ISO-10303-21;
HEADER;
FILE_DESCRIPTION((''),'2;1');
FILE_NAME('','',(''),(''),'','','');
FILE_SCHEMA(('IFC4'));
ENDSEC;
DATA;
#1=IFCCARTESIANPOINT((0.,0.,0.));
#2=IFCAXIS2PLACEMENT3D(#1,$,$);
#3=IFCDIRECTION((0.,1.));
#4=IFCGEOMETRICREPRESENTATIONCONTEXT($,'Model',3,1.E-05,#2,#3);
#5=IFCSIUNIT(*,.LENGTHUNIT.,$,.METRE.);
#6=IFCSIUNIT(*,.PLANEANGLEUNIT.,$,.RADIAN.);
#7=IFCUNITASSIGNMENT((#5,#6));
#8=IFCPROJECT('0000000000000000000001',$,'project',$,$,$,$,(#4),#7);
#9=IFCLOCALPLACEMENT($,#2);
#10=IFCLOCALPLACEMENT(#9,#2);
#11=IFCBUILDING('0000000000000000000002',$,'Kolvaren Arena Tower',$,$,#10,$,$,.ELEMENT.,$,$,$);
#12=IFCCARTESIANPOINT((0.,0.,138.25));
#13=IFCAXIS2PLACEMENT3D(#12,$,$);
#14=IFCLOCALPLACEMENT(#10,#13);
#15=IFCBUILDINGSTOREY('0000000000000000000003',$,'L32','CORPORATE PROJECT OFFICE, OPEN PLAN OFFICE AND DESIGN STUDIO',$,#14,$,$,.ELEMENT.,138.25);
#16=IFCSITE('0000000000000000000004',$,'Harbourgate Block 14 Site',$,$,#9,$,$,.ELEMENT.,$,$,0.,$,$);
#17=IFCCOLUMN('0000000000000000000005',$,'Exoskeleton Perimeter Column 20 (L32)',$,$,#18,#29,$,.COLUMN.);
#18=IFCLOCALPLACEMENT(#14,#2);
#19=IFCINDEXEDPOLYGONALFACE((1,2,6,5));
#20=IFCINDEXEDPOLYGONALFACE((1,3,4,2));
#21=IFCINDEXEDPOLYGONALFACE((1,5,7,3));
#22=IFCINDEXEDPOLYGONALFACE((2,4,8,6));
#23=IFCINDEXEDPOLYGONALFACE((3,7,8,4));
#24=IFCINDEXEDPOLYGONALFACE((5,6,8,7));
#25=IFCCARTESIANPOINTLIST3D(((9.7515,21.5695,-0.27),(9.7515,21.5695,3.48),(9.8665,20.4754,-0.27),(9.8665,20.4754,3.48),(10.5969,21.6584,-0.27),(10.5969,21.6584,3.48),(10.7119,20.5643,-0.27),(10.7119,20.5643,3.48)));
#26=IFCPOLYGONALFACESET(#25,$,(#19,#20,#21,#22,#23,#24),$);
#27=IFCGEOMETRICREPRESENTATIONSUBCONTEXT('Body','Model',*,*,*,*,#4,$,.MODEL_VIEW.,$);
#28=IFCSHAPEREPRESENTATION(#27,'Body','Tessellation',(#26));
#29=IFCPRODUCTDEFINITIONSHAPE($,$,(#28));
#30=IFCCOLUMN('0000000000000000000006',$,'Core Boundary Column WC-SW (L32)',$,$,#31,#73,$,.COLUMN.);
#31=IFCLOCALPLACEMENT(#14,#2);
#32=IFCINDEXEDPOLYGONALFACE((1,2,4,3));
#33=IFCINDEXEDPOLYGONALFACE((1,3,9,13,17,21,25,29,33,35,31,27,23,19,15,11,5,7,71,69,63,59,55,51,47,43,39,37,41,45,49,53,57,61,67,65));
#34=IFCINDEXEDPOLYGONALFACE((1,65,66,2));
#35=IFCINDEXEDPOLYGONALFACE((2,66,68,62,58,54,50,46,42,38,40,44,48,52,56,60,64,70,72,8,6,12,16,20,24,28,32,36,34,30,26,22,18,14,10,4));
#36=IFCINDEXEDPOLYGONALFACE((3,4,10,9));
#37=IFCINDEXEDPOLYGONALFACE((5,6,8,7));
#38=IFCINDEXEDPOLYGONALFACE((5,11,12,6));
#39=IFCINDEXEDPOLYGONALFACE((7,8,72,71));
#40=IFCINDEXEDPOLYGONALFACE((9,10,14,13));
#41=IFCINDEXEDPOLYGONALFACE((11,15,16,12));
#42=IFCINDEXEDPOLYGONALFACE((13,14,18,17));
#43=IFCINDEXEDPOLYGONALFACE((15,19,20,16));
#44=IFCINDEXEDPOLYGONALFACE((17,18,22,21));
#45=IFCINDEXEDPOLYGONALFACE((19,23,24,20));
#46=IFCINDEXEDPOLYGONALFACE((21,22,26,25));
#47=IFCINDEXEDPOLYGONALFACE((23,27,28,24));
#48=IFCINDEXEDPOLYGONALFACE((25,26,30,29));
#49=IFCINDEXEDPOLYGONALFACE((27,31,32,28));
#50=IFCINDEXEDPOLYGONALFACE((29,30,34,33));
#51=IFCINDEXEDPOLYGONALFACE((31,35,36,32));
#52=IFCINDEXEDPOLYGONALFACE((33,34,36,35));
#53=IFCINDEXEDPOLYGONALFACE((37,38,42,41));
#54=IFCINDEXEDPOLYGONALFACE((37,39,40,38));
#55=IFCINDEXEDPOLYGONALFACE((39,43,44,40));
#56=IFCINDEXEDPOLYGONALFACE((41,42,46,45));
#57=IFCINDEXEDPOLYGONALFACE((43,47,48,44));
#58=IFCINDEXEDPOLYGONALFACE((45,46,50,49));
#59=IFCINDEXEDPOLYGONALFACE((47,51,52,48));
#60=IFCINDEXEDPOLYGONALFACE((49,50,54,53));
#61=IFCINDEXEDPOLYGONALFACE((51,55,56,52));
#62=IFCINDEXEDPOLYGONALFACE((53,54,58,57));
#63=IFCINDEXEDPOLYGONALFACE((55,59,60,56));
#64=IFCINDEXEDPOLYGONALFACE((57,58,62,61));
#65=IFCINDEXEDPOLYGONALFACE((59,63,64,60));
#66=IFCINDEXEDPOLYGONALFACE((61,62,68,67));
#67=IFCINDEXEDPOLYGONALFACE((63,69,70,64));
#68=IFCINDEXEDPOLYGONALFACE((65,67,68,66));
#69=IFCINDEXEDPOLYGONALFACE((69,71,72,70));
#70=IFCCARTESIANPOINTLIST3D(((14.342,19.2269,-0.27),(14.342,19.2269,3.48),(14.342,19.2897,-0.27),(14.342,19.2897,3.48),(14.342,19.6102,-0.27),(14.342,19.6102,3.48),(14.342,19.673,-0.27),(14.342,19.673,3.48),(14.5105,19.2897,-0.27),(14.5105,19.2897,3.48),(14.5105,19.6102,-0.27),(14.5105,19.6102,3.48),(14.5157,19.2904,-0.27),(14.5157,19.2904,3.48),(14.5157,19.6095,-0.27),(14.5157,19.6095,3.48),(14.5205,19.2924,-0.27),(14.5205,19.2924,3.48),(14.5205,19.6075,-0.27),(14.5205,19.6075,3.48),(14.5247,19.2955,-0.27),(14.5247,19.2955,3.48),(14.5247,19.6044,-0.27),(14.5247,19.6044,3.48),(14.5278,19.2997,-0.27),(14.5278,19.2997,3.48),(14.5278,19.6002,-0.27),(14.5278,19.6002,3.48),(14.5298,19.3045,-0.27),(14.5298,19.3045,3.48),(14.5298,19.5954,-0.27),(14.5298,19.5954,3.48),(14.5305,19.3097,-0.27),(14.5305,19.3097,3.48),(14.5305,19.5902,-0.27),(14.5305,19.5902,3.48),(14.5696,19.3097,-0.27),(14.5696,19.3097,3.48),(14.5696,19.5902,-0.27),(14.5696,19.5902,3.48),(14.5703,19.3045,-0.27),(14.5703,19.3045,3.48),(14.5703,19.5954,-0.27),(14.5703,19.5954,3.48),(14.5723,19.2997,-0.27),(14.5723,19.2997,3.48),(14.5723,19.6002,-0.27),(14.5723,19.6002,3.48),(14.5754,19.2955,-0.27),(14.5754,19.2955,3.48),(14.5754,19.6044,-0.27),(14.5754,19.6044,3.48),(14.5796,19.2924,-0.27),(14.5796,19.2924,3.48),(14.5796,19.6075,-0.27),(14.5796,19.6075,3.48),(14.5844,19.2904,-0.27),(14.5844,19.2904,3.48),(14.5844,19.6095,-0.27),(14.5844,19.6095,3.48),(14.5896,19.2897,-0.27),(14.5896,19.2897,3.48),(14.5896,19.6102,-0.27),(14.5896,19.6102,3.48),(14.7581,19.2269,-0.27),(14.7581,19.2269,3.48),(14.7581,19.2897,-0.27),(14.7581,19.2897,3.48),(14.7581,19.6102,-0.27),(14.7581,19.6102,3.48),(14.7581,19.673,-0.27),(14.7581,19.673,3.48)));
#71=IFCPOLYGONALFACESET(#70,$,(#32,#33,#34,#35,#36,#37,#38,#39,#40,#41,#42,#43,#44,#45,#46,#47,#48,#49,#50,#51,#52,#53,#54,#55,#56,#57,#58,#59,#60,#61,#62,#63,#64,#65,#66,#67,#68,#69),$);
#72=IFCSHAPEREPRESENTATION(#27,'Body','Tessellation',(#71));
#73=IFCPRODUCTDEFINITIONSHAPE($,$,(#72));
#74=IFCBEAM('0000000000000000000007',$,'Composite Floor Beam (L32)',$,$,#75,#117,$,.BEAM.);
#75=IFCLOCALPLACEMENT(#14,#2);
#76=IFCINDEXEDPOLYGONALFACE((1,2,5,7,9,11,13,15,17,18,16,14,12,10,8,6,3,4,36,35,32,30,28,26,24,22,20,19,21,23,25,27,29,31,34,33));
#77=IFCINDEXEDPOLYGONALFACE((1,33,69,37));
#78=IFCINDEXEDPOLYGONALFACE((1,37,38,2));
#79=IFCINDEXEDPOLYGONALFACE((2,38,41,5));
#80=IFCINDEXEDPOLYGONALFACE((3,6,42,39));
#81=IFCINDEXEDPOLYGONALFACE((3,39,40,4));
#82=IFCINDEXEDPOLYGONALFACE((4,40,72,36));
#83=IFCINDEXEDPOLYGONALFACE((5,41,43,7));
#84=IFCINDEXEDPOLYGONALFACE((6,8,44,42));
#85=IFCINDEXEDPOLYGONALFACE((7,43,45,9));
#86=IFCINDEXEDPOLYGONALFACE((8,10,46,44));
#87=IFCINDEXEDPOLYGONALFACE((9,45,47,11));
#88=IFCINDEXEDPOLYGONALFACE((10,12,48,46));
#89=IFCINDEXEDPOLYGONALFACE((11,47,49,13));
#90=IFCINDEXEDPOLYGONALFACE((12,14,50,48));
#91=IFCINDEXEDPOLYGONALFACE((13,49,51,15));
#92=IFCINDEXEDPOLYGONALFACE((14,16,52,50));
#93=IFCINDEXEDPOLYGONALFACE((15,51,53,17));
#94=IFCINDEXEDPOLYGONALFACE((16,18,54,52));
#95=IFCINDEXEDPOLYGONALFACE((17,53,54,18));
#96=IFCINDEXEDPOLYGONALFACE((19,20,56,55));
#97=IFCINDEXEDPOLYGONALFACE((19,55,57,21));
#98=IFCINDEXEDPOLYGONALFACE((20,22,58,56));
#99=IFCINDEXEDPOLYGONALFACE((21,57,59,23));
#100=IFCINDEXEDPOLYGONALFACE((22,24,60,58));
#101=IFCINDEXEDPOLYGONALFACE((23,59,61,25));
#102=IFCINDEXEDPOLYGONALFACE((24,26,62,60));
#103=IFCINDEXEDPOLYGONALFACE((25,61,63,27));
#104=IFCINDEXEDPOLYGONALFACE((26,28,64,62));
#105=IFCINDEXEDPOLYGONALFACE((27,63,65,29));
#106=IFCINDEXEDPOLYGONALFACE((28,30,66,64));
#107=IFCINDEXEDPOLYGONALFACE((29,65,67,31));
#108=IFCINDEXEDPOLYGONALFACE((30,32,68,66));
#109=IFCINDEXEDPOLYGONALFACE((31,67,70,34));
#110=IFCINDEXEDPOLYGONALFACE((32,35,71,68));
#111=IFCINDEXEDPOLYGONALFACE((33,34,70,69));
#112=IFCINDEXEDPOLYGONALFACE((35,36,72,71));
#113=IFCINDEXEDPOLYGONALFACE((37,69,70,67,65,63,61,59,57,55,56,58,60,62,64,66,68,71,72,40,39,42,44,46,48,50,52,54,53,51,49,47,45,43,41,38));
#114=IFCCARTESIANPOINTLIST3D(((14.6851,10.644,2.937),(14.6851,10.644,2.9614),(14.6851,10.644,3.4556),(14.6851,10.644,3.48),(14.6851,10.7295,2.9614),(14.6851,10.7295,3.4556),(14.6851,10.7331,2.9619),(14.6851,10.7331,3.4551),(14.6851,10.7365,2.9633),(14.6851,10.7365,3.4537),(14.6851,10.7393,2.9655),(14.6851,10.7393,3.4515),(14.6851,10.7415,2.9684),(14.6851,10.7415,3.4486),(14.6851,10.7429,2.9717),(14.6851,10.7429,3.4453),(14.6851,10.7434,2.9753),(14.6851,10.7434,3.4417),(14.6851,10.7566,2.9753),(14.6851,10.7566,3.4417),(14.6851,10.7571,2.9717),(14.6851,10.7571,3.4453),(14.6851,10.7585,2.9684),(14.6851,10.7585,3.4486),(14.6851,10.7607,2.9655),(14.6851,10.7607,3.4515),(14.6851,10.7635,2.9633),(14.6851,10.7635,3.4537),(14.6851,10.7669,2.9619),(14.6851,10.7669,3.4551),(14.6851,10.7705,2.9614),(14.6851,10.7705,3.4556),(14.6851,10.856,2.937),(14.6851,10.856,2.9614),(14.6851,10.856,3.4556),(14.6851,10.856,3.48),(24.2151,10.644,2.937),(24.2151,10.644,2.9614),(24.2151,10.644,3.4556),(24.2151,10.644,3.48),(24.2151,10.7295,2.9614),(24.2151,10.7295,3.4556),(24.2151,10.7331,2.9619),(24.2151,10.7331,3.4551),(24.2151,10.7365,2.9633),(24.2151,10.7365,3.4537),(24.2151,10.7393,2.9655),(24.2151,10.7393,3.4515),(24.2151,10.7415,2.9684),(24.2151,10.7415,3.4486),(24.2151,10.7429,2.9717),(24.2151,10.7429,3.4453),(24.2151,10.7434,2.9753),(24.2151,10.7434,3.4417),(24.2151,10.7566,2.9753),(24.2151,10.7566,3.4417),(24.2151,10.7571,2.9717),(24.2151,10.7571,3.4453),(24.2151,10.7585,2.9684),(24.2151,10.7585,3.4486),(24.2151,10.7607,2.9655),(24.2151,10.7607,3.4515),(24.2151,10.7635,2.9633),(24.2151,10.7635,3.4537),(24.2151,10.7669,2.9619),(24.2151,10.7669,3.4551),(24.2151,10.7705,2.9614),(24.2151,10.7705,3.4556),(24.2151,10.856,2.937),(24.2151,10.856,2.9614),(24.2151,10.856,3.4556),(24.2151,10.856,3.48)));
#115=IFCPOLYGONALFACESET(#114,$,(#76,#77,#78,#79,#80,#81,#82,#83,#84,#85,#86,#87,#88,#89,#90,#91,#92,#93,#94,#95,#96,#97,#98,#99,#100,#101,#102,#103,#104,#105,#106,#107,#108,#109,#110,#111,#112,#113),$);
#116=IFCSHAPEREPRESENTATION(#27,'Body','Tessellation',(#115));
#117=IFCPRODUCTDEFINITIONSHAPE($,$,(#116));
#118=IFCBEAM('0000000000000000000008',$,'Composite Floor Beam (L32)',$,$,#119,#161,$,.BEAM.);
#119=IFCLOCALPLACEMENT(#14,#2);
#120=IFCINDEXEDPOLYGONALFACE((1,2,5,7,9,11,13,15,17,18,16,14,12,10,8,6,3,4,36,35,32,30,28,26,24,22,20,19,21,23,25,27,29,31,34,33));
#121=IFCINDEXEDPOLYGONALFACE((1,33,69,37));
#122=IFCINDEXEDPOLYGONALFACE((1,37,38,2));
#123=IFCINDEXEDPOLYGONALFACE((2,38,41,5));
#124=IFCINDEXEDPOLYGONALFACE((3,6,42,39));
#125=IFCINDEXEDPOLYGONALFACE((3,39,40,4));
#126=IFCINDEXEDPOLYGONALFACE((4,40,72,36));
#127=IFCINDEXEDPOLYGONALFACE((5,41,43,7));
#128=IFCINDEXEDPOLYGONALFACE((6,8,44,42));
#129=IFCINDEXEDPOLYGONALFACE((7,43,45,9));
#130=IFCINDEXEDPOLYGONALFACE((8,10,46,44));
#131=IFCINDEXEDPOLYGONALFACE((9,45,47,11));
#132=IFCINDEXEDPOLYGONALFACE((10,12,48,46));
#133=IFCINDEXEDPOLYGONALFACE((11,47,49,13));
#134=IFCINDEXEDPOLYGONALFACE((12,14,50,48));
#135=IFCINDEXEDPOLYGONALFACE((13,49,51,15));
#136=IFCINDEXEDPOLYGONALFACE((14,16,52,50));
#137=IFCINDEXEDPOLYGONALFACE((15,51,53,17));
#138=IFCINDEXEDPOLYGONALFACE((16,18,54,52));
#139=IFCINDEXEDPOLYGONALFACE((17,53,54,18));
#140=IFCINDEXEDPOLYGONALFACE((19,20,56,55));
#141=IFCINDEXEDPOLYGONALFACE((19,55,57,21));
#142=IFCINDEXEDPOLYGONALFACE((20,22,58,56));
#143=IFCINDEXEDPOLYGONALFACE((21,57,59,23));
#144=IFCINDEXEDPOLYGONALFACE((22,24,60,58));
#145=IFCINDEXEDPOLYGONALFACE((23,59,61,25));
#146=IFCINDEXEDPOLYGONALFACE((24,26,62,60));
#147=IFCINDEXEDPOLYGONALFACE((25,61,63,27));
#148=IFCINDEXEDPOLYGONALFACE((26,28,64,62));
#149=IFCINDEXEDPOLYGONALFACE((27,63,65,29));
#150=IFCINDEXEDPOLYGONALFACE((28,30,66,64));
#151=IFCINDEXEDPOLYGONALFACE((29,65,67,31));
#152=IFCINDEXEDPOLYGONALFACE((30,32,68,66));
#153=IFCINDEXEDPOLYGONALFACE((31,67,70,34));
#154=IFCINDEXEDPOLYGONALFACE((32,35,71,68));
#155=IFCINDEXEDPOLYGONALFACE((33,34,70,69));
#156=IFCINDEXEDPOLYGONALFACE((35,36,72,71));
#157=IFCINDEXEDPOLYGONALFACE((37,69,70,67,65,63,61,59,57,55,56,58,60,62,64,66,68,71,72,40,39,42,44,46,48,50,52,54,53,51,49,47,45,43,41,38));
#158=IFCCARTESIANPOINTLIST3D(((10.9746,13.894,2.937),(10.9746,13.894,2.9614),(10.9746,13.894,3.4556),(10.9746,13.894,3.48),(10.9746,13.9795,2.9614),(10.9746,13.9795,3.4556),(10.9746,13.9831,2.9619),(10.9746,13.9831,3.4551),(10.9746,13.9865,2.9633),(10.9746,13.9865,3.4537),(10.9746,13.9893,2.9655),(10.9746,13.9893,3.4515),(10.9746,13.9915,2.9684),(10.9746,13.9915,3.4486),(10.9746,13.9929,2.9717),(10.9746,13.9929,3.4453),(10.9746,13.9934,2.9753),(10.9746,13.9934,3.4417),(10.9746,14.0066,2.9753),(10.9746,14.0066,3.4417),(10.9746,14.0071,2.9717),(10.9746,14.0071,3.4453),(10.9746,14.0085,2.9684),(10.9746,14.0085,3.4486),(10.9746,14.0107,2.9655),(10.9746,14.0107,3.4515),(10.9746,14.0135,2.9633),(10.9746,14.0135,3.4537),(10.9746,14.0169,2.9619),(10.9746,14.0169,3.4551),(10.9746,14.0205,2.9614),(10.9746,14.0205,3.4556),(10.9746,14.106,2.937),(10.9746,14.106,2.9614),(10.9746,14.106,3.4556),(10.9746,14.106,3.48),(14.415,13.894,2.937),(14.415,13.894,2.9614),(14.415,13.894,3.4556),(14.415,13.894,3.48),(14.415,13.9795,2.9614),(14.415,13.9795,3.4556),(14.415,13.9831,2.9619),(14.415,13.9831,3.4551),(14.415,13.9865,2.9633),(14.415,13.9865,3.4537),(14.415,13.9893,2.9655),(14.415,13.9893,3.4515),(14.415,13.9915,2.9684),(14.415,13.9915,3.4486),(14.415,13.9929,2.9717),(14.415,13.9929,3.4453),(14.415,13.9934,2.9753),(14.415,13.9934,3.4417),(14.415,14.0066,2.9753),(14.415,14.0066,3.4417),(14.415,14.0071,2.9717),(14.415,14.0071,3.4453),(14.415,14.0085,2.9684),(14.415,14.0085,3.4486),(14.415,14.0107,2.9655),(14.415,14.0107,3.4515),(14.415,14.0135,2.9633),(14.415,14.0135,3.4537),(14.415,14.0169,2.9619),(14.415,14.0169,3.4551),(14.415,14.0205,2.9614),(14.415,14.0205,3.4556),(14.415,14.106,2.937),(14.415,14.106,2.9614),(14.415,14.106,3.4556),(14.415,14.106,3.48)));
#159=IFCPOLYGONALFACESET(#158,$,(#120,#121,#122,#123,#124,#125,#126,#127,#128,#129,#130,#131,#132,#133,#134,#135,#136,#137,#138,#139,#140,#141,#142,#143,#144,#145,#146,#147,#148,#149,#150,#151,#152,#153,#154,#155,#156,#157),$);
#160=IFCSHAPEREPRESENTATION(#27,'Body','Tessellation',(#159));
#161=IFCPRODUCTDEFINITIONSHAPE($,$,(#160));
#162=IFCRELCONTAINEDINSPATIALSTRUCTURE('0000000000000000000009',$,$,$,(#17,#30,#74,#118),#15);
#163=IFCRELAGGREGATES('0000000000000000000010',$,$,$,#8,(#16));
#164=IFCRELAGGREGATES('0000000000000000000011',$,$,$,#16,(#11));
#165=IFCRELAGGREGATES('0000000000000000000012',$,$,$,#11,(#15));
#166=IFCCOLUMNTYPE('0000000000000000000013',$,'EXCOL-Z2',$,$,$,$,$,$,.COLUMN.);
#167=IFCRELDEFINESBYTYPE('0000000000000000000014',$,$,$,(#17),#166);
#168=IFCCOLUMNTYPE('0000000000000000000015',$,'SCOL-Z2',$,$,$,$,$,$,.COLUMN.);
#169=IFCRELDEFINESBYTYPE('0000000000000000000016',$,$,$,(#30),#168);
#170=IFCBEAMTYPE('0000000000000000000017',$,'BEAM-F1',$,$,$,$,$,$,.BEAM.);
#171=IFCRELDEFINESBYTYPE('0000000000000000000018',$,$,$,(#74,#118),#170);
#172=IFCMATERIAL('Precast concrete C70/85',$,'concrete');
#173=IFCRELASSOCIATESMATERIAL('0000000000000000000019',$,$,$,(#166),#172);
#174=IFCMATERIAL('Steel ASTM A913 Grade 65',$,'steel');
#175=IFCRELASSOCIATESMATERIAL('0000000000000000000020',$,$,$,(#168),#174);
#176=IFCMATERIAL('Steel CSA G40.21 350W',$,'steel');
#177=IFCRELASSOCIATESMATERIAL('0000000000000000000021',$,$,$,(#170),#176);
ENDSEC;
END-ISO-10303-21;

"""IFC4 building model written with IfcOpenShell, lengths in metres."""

from ifc_helpers import new_model, si_unit, direction, frame, origin, origin_2d, place, context, subcontext, project, spatial, rectangle, i_section, extrude, material, material_profile, profile_set, type_object, element, save


model = new_model("IFC4")

# Units and contexts
model_context = context("Model", 3, precision=1e-05, world=origin(), true_north=direction((0.0, 1.0)))
body_context = subcontext(model_context, "Body", "Model", "MODEL_VIEW")
ifc_project = project(units=[si_unit("LENGTHUNIT", "METRE"), si_unit("PLANEANGLEUNIT", "RADIAN")], contexts=[model_context])

# Site, building, storey
site_placement = place(None, origin())
site = spatial("IfcSite", under=ifc_project, at=site_placement, Name="Harbourgate Block 14 Site", CompositionType="ELEMENT", RefElevation=0.0)
building_placement = place(site_placement, origin())
building = spatial("IfcBuilding", under=site, at=building_placement, Name="Kolvaren Arena Tower", CompositionType="ELEMENT")
storey_placement = place(building_placement, frame((0.0, 0.0, 138.25)))
storey = spatial("IfcBuildingStorey", under=building, at=storey_placement, Name="L32", Description="CORPORATE PROJECT OFFICE, OPEN PLAN OFFICE AND DESIGN STUDIO", CompositionType="ELEMENT", Elevation=138.25)

# Columns
ifc_material_1 = material(Name="Precast concrete C70/85", Category="concrete")
ifc_material_profile_1 = material_profile(ifc_material_1, rectangle(XDim=1.1001, YDim=0.8501, at=origin_2d()), Name="RC-1100x850")
ifc_profile_set_1 = profile_set([ifc_material_profile_1], Name="Precast concrete C70/85")
column_type_1 = type_object("IfcColumnType", Name="EXCOL-Z2", PredefinedType="COLUMN", material=ifc_profile_set_1)
column_1_placement = place(storey_placement, frame((10.2317, 21.0669, -0.27), z_axis=(0.0, 0.0, 1.0), x_axis=(-0.104528, 0.994522, 0.0)))
element("IfcColumn", 1, at=column_1_placement, inside=storey, type_object=column_type_1, Name="Exoskeleton Perimeter Column 20 (L32)", PredefinedType="COLUMN", context=body_context, shape_type="SweptSolid", body=[
    extrude(rectangle(XDim=1.1001, YDim=0.8501, at=origin_2d()), origin(), (0.0, 0.0, 1.0), 3.75),
])
ifc_material_2 = material(Name="Steel ASTM A913 Grade 65", Category="steel")
ifc_material_profile_2 = material_profile(ifc_material_2, i_section(OverallWidth=0.416, OverallDepth=0.446, WebThickness=0.0391, FlangeThickness=0.0627, FilletRadius=0.02, at=origin_2d()), Name="W360x509")
ifc_profile_set_2 = profile_set([ifc_material_profile_2], Name="Steel ASTM A913 Grade 65")
column_type_2 = type_object("IfcColumnType", Name="SCOL-Z2", PredefinedType="COLUMN", material=ifc_profile_set_2)
column_2_placement = place(storey_placement, frame((14.55, 19.45, -0.27), z_axis=(0.0, 0.0, 1.0), x_axis=(1.0, 0.0, 0.0)))
element("IfcColumn", 2, at=column_2_placement, inside=storey, type_object=column_type_2, Name="Core Boundary Column WC-SW (L32)", PredefinedType="COLUMN", context=body_context, shape_type="SweptSolid", body=[
    extrude(i_section(OverallWidth=0.416, OverallDepth=0.446, WebThickness=0.0391, FlangeThickness=0.0627, FilletRadius=0.02, at=origin_2d()), origin(), (0.0, 0.0, 1.0), 3.75),
])

# Beams
ifc_material_3 = material(Name="Steel CSA G40.21 350W", Category="steel")
ifc_material_profile_3 = material_profile(ifc_material_3, i_section(OverallWidth=0.2119, OverallDepth=0.543, WebThickness=0.0132, FlangeThickness=0.0244, FilletRadius=0.0139, at=origin_2d()), Name="W530x150")
ifc_profile_set_3 = profile_set([ifc_material_profile_3], Name="Steel CSA G40.21 350W")
beam_type_1 = type_object("IfcBeamType", Name="BEAM-F1", PredefinedType="BEAM", material=ifc_profile_set_3)
beam_1_placement = place(storey_placement, frame((14.6851, 10.75, 3.2085), z_axis=(1.0, 0.0, 0.0), x_axis=(0.0, 1.0, 0.0)))
element("IfcBeam", 3, at=beam_1_placement, inside=storey, type_object=beam_type_1, Name="Composite Floor Beam (L32)", PredefinedType="BEAM", context=body_context, shape_type="SweptSolid", body=[
    extrude(i_section(OverallWidth=0.2119, OverallDepth=0.543, WebThickness=0.0132, FlangeThickness=0.0244, FilletRadius=0.0139, at=origin_2d()), origin(), (0.0, 0.0, 1.0), 9.53),
])
beam_2_placement = place(storey_placement, frame((10.9746, 14.0, 3.2085), z_axis=(1.0, 0.0, 0.0), x_axis=(0.0, 1.0, 0.0)))
element("IfcBeam", 4, at=beam_2_placement, inside=storey, type_object=beam_type_1, Name="Composite Floor Beam (L32)", PredefinedType="BEAM", context=body_context, shape_type="SweptSolid", body=[
    extrude(i_section(OverallWidth=0.2119, OverallDepth=0.543, WebThickness=0.0132, FlangeThickness=0.0244, FilletRadius=0.0139, at=origin_2d()), origin(), (0.0, 0.0, 1.0), 3.4404),
])

save(model, "model.ifc")
